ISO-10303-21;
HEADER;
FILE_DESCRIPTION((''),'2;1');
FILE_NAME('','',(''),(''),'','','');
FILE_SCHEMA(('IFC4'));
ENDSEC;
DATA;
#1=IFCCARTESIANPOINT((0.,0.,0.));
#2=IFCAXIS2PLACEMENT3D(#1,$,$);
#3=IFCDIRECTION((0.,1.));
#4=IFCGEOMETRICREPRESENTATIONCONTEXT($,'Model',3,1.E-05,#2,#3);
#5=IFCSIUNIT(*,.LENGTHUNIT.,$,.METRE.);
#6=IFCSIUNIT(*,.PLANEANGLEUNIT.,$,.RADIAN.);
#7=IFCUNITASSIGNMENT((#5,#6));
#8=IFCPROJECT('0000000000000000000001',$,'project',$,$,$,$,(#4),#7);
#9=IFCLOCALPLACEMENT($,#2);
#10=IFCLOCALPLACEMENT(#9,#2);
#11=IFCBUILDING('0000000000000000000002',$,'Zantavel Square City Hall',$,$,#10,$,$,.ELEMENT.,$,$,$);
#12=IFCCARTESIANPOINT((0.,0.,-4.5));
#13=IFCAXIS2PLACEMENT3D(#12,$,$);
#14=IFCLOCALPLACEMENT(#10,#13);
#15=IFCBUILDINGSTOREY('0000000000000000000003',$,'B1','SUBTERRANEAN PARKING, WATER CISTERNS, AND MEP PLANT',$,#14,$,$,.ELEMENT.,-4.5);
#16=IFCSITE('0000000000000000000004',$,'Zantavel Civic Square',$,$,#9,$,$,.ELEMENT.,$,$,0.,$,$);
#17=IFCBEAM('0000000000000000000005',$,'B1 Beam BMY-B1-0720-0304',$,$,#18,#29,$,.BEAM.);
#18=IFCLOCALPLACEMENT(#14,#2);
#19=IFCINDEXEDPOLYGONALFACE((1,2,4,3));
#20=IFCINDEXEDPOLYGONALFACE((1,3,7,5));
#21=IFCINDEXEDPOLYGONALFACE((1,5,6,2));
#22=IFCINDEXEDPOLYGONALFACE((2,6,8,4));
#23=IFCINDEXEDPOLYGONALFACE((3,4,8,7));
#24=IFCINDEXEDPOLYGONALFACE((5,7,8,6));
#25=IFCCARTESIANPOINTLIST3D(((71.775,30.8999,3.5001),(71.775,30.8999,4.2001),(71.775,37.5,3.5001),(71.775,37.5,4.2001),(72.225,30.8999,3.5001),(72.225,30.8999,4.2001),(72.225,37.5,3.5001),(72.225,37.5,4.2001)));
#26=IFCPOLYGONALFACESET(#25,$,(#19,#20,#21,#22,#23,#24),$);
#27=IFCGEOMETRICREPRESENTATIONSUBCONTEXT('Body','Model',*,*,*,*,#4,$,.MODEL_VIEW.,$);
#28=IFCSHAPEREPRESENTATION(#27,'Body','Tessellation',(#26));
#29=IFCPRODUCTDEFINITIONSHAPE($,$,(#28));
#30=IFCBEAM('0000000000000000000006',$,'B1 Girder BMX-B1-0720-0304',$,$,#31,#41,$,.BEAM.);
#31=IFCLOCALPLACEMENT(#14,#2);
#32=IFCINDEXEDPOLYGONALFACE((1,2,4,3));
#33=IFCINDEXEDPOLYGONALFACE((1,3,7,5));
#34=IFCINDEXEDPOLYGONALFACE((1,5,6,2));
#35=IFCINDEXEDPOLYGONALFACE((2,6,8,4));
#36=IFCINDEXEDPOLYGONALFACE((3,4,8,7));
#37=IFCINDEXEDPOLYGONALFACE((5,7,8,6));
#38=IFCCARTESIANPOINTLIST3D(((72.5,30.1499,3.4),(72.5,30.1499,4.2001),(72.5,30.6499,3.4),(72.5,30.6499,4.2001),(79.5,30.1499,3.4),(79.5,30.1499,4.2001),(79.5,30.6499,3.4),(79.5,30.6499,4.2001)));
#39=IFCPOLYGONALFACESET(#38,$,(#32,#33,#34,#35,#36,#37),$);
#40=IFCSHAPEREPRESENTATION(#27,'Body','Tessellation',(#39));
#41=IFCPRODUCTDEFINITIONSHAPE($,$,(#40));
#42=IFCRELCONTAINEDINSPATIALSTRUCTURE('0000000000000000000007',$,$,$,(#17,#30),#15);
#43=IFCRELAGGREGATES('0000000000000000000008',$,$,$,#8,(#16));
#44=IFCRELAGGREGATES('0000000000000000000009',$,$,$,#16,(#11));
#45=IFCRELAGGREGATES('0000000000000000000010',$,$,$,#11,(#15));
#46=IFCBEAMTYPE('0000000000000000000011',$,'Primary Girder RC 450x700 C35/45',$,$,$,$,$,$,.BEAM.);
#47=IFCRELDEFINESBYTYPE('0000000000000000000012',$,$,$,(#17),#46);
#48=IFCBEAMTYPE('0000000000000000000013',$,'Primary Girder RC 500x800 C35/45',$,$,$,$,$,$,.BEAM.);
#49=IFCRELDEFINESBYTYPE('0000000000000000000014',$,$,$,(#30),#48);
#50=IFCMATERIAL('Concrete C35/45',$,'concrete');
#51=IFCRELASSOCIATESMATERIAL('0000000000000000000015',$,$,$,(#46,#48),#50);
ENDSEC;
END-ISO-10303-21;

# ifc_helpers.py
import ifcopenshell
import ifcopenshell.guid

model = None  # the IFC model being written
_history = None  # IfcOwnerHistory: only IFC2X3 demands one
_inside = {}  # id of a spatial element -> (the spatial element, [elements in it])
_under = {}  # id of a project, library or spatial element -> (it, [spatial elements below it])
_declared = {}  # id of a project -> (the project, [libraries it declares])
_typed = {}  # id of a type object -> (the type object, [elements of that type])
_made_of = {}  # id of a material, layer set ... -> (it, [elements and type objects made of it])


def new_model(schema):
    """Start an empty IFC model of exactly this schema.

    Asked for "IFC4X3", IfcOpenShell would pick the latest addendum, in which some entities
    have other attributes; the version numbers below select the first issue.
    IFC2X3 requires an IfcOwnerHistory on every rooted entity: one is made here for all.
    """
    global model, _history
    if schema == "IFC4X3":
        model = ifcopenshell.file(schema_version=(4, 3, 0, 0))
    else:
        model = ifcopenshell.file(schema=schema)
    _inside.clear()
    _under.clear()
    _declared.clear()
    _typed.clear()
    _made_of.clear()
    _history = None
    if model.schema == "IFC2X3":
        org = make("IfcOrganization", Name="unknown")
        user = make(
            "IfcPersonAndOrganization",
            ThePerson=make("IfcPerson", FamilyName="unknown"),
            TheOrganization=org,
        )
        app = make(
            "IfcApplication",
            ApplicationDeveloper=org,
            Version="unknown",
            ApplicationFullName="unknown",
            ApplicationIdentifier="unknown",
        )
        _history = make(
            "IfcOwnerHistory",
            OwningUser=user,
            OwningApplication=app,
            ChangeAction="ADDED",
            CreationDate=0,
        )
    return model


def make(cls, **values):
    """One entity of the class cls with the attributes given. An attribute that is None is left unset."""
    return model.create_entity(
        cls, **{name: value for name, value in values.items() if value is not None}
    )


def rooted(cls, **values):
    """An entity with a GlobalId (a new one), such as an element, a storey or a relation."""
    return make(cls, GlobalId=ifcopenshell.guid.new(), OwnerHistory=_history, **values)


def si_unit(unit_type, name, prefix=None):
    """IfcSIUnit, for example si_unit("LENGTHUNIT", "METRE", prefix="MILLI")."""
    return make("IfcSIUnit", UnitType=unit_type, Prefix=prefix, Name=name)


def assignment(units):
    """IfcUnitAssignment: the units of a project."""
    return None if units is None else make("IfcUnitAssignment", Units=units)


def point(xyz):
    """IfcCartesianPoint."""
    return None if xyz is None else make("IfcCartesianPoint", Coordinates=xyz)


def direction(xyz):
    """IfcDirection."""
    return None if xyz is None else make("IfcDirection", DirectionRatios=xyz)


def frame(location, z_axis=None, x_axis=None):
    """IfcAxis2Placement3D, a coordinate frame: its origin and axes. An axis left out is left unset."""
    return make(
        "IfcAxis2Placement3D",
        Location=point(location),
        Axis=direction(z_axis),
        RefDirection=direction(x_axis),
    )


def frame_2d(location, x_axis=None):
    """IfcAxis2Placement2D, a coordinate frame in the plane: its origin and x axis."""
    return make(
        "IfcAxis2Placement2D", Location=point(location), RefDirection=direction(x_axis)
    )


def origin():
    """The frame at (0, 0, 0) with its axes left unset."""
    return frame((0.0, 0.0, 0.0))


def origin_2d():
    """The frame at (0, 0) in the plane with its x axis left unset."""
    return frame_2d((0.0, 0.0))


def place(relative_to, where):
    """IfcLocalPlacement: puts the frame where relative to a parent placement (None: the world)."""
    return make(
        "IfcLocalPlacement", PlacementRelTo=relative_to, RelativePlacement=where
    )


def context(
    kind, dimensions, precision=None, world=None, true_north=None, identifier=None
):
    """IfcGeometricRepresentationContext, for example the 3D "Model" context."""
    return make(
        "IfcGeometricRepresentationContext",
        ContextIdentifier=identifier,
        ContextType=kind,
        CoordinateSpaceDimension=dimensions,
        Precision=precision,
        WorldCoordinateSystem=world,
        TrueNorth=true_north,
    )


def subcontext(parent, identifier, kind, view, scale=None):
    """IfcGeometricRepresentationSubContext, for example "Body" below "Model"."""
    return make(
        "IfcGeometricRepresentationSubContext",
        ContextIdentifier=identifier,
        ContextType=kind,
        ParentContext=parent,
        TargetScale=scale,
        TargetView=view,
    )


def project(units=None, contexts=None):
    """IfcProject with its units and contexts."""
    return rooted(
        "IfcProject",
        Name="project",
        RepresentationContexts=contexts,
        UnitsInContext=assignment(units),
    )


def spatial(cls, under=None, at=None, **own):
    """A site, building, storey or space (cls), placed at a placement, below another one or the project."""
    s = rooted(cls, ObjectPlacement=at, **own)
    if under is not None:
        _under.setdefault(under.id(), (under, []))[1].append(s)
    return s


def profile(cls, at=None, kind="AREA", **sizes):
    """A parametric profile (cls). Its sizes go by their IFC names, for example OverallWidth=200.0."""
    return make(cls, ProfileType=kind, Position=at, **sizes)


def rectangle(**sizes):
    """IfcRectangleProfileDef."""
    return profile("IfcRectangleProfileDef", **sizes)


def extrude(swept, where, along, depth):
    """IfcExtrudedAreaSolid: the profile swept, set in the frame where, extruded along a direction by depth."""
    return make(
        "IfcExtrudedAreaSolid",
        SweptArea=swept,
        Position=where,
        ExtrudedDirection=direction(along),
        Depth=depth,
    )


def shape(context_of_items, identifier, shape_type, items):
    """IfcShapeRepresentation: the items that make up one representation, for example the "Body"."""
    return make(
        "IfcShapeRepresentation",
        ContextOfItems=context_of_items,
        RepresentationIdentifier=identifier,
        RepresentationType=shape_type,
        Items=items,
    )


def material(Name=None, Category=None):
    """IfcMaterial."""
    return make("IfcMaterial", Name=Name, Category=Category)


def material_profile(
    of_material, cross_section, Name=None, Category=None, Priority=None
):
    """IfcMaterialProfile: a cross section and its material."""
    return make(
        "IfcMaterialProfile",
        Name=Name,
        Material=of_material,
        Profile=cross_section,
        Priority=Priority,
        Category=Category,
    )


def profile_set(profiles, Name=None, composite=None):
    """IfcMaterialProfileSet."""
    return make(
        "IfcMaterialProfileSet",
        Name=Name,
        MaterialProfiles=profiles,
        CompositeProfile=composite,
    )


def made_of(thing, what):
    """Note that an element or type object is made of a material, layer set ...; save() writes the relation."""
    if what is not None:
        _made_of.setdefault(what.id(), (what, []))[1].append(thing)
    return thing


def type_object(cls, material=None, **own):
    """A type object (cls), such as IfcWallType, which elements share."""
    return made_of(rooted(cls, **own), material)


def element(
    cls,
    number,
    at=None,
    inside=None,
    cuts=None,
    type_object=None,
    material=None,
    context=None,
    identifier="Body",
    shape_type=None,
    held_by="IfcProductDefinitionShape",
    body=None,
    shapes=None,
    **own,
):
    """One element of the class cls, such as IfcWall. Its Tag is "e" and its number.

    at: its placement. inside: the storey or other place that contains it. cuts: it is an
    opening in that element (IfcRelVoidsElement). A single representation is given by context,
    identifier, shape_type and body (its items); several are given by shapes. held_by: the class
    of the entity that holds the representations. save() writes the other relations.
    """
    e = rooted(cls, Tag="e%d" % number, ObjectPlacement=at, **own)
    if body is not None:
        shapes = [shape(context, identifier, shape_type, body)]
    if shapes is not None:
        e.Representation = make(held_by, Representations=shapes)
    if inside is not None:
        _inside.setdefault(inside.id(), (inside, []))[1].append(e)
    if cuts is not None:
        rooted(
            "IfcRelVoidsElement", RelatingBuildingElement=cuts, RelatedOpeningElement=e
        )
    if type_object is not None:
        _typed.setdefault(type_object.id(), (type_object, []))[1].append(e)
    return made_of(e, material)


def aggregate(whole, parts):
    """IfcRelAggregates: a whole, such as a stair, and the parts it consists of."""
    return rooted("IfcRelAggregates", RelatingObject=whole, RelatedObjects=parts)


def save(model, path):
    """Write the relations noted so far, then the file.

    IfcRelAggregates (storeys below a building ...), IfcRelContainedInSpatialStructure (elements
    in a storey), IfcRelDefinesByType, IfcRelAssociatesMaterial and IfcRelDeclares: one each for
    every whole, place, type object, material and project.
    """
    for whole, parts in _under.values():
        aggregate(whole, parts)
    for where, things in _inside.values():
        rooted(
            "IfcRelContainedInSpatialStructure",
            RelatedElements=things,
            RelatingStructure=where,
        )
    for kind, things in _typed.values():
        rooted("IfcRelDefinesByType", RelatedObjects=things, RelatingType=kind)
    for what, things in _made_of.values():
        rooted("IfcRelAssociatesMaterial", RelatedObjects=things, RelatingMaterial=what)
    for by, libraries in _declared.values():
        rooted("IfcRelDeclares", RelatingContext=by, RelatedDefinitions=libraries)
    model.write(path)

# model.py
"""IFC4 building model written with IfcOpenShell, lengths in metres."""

from ifc_helpers import new_model, si_unit, direction, frame, origin, origin_2d, place, context, subcontext, project, spatial, rectangle, extrude, material, material_profile, profile_set, type_object, element, save


model = new_model("IFC4")

# Units and contexts
model_context = context("Model", 3, precision=1e-05, world=origin(), true_north=direction((0.0, 1.0)))
body_context = subcontext(model_context, "Body", "Model", "MODEL_VIEW")
ifc_project = project(units=[si_unit("LENGTHUNIT", "METRE"), si_unit("PLANEANGLEUNIT", "RADIAN")], contexts=[model_context])

# Site, building, storey
site_placement = place(None, origin())
site = spatial("IfcSite", under=ifc_project, at=site_placement, Name="Zantavel Civic Square", CompositionType="ELEMENT", RefElevation=0.0)
building_placement = place(site_placement, origin())
building = spatial("IfcBuilding", under=site, at=building_placement, Name="Zantavel Square City Hall", CompositionType="ELEMENT")
storey_placement = place(building_placement, frame((0.0, 0.0, -4.5)))
storey = spatial("IfcBuildingStorey", under=building, at=storey_placement, Name="B1", Description="SUBTERRANEAN PARKING, WATER CISTERNS, AND MEP PLANT", CompositionType="ELEMENT", Elevation=-4.5)

# Shared definitions
ifc_material_1 = material(Name="Concrete C35/45", Category="concrete")

# Beams
ifc_material_profile_1 = material_profile(ifc_material_1, rectangle(XDim=0.45, YDim=0.7, at=origin_2d()), Name="RC 450x700")
ifc_profile_set_1 = profile_set([ifc_material_profile_1], Name="Concrete C35/45")
beam_type_1 = type_object("IfcBeamType", Name="Primary Girder RC 450x700 C35/45", PredefinedType="BEAM", material=ifc_profile_set_1)
beam_1_placement = place(storey_placement, frame((72.0, 30.8999, 3.8501), z_axis=(0.0, 1.0, 0.0), x_axis=(-1.0, 0.0, 0.0)))
element("IfcBeam", 1, at=beam_1_placement, inside=storey, type_object=beam_type_1, Name="B1 Beam BMY-B1-0720-0304", PredefinedType="BEAM", context=body_context, shape_type="SweptSolid", body=[
    extrude(rectangle(XDim=0.45, YDim=0.7, at=origin_2d()), origin(), (0.0, 0.0, 1.0), 6.6001),
])
ifc_material_profile_2 = material_profile(ifc_material_1, rectangle(XDim=0.5, YDim=0.8, at=origin_2d()), Name="RC 500x800")
ifc_profile_set_2 = profile_set([ifc_material_profile_2], Name="Concrete C35/45")
beam_type_2 = type_object("IfcBeamType", Name="Primary Girder RC 500x800 C35/45", PredefinedType="BEAM", material=ifc_profile_set_2)
beam_2_placement = place(storey_placement, frame((72.5, 30.3999, 3.8), z_axis=(1.0, 0.0, 0.0), x_axis=(0.0, 1.0, 0.0)))
element("IfcBeam", 2, at=beam_2_placement, inside=storey, type_object=beam_type_2, Name="B1 Girder BMX-B1-0720-0304", PredefinedType="BEAM", context=body_context, shape_type="SweptSolid", body=[
    extrude(rectangle(XDim=0.5, YDim=0.8, at=origin_2d()), origin(), (0.0, 0.0, 1.0), 7.0),
])

save(model, "model.ifc")
